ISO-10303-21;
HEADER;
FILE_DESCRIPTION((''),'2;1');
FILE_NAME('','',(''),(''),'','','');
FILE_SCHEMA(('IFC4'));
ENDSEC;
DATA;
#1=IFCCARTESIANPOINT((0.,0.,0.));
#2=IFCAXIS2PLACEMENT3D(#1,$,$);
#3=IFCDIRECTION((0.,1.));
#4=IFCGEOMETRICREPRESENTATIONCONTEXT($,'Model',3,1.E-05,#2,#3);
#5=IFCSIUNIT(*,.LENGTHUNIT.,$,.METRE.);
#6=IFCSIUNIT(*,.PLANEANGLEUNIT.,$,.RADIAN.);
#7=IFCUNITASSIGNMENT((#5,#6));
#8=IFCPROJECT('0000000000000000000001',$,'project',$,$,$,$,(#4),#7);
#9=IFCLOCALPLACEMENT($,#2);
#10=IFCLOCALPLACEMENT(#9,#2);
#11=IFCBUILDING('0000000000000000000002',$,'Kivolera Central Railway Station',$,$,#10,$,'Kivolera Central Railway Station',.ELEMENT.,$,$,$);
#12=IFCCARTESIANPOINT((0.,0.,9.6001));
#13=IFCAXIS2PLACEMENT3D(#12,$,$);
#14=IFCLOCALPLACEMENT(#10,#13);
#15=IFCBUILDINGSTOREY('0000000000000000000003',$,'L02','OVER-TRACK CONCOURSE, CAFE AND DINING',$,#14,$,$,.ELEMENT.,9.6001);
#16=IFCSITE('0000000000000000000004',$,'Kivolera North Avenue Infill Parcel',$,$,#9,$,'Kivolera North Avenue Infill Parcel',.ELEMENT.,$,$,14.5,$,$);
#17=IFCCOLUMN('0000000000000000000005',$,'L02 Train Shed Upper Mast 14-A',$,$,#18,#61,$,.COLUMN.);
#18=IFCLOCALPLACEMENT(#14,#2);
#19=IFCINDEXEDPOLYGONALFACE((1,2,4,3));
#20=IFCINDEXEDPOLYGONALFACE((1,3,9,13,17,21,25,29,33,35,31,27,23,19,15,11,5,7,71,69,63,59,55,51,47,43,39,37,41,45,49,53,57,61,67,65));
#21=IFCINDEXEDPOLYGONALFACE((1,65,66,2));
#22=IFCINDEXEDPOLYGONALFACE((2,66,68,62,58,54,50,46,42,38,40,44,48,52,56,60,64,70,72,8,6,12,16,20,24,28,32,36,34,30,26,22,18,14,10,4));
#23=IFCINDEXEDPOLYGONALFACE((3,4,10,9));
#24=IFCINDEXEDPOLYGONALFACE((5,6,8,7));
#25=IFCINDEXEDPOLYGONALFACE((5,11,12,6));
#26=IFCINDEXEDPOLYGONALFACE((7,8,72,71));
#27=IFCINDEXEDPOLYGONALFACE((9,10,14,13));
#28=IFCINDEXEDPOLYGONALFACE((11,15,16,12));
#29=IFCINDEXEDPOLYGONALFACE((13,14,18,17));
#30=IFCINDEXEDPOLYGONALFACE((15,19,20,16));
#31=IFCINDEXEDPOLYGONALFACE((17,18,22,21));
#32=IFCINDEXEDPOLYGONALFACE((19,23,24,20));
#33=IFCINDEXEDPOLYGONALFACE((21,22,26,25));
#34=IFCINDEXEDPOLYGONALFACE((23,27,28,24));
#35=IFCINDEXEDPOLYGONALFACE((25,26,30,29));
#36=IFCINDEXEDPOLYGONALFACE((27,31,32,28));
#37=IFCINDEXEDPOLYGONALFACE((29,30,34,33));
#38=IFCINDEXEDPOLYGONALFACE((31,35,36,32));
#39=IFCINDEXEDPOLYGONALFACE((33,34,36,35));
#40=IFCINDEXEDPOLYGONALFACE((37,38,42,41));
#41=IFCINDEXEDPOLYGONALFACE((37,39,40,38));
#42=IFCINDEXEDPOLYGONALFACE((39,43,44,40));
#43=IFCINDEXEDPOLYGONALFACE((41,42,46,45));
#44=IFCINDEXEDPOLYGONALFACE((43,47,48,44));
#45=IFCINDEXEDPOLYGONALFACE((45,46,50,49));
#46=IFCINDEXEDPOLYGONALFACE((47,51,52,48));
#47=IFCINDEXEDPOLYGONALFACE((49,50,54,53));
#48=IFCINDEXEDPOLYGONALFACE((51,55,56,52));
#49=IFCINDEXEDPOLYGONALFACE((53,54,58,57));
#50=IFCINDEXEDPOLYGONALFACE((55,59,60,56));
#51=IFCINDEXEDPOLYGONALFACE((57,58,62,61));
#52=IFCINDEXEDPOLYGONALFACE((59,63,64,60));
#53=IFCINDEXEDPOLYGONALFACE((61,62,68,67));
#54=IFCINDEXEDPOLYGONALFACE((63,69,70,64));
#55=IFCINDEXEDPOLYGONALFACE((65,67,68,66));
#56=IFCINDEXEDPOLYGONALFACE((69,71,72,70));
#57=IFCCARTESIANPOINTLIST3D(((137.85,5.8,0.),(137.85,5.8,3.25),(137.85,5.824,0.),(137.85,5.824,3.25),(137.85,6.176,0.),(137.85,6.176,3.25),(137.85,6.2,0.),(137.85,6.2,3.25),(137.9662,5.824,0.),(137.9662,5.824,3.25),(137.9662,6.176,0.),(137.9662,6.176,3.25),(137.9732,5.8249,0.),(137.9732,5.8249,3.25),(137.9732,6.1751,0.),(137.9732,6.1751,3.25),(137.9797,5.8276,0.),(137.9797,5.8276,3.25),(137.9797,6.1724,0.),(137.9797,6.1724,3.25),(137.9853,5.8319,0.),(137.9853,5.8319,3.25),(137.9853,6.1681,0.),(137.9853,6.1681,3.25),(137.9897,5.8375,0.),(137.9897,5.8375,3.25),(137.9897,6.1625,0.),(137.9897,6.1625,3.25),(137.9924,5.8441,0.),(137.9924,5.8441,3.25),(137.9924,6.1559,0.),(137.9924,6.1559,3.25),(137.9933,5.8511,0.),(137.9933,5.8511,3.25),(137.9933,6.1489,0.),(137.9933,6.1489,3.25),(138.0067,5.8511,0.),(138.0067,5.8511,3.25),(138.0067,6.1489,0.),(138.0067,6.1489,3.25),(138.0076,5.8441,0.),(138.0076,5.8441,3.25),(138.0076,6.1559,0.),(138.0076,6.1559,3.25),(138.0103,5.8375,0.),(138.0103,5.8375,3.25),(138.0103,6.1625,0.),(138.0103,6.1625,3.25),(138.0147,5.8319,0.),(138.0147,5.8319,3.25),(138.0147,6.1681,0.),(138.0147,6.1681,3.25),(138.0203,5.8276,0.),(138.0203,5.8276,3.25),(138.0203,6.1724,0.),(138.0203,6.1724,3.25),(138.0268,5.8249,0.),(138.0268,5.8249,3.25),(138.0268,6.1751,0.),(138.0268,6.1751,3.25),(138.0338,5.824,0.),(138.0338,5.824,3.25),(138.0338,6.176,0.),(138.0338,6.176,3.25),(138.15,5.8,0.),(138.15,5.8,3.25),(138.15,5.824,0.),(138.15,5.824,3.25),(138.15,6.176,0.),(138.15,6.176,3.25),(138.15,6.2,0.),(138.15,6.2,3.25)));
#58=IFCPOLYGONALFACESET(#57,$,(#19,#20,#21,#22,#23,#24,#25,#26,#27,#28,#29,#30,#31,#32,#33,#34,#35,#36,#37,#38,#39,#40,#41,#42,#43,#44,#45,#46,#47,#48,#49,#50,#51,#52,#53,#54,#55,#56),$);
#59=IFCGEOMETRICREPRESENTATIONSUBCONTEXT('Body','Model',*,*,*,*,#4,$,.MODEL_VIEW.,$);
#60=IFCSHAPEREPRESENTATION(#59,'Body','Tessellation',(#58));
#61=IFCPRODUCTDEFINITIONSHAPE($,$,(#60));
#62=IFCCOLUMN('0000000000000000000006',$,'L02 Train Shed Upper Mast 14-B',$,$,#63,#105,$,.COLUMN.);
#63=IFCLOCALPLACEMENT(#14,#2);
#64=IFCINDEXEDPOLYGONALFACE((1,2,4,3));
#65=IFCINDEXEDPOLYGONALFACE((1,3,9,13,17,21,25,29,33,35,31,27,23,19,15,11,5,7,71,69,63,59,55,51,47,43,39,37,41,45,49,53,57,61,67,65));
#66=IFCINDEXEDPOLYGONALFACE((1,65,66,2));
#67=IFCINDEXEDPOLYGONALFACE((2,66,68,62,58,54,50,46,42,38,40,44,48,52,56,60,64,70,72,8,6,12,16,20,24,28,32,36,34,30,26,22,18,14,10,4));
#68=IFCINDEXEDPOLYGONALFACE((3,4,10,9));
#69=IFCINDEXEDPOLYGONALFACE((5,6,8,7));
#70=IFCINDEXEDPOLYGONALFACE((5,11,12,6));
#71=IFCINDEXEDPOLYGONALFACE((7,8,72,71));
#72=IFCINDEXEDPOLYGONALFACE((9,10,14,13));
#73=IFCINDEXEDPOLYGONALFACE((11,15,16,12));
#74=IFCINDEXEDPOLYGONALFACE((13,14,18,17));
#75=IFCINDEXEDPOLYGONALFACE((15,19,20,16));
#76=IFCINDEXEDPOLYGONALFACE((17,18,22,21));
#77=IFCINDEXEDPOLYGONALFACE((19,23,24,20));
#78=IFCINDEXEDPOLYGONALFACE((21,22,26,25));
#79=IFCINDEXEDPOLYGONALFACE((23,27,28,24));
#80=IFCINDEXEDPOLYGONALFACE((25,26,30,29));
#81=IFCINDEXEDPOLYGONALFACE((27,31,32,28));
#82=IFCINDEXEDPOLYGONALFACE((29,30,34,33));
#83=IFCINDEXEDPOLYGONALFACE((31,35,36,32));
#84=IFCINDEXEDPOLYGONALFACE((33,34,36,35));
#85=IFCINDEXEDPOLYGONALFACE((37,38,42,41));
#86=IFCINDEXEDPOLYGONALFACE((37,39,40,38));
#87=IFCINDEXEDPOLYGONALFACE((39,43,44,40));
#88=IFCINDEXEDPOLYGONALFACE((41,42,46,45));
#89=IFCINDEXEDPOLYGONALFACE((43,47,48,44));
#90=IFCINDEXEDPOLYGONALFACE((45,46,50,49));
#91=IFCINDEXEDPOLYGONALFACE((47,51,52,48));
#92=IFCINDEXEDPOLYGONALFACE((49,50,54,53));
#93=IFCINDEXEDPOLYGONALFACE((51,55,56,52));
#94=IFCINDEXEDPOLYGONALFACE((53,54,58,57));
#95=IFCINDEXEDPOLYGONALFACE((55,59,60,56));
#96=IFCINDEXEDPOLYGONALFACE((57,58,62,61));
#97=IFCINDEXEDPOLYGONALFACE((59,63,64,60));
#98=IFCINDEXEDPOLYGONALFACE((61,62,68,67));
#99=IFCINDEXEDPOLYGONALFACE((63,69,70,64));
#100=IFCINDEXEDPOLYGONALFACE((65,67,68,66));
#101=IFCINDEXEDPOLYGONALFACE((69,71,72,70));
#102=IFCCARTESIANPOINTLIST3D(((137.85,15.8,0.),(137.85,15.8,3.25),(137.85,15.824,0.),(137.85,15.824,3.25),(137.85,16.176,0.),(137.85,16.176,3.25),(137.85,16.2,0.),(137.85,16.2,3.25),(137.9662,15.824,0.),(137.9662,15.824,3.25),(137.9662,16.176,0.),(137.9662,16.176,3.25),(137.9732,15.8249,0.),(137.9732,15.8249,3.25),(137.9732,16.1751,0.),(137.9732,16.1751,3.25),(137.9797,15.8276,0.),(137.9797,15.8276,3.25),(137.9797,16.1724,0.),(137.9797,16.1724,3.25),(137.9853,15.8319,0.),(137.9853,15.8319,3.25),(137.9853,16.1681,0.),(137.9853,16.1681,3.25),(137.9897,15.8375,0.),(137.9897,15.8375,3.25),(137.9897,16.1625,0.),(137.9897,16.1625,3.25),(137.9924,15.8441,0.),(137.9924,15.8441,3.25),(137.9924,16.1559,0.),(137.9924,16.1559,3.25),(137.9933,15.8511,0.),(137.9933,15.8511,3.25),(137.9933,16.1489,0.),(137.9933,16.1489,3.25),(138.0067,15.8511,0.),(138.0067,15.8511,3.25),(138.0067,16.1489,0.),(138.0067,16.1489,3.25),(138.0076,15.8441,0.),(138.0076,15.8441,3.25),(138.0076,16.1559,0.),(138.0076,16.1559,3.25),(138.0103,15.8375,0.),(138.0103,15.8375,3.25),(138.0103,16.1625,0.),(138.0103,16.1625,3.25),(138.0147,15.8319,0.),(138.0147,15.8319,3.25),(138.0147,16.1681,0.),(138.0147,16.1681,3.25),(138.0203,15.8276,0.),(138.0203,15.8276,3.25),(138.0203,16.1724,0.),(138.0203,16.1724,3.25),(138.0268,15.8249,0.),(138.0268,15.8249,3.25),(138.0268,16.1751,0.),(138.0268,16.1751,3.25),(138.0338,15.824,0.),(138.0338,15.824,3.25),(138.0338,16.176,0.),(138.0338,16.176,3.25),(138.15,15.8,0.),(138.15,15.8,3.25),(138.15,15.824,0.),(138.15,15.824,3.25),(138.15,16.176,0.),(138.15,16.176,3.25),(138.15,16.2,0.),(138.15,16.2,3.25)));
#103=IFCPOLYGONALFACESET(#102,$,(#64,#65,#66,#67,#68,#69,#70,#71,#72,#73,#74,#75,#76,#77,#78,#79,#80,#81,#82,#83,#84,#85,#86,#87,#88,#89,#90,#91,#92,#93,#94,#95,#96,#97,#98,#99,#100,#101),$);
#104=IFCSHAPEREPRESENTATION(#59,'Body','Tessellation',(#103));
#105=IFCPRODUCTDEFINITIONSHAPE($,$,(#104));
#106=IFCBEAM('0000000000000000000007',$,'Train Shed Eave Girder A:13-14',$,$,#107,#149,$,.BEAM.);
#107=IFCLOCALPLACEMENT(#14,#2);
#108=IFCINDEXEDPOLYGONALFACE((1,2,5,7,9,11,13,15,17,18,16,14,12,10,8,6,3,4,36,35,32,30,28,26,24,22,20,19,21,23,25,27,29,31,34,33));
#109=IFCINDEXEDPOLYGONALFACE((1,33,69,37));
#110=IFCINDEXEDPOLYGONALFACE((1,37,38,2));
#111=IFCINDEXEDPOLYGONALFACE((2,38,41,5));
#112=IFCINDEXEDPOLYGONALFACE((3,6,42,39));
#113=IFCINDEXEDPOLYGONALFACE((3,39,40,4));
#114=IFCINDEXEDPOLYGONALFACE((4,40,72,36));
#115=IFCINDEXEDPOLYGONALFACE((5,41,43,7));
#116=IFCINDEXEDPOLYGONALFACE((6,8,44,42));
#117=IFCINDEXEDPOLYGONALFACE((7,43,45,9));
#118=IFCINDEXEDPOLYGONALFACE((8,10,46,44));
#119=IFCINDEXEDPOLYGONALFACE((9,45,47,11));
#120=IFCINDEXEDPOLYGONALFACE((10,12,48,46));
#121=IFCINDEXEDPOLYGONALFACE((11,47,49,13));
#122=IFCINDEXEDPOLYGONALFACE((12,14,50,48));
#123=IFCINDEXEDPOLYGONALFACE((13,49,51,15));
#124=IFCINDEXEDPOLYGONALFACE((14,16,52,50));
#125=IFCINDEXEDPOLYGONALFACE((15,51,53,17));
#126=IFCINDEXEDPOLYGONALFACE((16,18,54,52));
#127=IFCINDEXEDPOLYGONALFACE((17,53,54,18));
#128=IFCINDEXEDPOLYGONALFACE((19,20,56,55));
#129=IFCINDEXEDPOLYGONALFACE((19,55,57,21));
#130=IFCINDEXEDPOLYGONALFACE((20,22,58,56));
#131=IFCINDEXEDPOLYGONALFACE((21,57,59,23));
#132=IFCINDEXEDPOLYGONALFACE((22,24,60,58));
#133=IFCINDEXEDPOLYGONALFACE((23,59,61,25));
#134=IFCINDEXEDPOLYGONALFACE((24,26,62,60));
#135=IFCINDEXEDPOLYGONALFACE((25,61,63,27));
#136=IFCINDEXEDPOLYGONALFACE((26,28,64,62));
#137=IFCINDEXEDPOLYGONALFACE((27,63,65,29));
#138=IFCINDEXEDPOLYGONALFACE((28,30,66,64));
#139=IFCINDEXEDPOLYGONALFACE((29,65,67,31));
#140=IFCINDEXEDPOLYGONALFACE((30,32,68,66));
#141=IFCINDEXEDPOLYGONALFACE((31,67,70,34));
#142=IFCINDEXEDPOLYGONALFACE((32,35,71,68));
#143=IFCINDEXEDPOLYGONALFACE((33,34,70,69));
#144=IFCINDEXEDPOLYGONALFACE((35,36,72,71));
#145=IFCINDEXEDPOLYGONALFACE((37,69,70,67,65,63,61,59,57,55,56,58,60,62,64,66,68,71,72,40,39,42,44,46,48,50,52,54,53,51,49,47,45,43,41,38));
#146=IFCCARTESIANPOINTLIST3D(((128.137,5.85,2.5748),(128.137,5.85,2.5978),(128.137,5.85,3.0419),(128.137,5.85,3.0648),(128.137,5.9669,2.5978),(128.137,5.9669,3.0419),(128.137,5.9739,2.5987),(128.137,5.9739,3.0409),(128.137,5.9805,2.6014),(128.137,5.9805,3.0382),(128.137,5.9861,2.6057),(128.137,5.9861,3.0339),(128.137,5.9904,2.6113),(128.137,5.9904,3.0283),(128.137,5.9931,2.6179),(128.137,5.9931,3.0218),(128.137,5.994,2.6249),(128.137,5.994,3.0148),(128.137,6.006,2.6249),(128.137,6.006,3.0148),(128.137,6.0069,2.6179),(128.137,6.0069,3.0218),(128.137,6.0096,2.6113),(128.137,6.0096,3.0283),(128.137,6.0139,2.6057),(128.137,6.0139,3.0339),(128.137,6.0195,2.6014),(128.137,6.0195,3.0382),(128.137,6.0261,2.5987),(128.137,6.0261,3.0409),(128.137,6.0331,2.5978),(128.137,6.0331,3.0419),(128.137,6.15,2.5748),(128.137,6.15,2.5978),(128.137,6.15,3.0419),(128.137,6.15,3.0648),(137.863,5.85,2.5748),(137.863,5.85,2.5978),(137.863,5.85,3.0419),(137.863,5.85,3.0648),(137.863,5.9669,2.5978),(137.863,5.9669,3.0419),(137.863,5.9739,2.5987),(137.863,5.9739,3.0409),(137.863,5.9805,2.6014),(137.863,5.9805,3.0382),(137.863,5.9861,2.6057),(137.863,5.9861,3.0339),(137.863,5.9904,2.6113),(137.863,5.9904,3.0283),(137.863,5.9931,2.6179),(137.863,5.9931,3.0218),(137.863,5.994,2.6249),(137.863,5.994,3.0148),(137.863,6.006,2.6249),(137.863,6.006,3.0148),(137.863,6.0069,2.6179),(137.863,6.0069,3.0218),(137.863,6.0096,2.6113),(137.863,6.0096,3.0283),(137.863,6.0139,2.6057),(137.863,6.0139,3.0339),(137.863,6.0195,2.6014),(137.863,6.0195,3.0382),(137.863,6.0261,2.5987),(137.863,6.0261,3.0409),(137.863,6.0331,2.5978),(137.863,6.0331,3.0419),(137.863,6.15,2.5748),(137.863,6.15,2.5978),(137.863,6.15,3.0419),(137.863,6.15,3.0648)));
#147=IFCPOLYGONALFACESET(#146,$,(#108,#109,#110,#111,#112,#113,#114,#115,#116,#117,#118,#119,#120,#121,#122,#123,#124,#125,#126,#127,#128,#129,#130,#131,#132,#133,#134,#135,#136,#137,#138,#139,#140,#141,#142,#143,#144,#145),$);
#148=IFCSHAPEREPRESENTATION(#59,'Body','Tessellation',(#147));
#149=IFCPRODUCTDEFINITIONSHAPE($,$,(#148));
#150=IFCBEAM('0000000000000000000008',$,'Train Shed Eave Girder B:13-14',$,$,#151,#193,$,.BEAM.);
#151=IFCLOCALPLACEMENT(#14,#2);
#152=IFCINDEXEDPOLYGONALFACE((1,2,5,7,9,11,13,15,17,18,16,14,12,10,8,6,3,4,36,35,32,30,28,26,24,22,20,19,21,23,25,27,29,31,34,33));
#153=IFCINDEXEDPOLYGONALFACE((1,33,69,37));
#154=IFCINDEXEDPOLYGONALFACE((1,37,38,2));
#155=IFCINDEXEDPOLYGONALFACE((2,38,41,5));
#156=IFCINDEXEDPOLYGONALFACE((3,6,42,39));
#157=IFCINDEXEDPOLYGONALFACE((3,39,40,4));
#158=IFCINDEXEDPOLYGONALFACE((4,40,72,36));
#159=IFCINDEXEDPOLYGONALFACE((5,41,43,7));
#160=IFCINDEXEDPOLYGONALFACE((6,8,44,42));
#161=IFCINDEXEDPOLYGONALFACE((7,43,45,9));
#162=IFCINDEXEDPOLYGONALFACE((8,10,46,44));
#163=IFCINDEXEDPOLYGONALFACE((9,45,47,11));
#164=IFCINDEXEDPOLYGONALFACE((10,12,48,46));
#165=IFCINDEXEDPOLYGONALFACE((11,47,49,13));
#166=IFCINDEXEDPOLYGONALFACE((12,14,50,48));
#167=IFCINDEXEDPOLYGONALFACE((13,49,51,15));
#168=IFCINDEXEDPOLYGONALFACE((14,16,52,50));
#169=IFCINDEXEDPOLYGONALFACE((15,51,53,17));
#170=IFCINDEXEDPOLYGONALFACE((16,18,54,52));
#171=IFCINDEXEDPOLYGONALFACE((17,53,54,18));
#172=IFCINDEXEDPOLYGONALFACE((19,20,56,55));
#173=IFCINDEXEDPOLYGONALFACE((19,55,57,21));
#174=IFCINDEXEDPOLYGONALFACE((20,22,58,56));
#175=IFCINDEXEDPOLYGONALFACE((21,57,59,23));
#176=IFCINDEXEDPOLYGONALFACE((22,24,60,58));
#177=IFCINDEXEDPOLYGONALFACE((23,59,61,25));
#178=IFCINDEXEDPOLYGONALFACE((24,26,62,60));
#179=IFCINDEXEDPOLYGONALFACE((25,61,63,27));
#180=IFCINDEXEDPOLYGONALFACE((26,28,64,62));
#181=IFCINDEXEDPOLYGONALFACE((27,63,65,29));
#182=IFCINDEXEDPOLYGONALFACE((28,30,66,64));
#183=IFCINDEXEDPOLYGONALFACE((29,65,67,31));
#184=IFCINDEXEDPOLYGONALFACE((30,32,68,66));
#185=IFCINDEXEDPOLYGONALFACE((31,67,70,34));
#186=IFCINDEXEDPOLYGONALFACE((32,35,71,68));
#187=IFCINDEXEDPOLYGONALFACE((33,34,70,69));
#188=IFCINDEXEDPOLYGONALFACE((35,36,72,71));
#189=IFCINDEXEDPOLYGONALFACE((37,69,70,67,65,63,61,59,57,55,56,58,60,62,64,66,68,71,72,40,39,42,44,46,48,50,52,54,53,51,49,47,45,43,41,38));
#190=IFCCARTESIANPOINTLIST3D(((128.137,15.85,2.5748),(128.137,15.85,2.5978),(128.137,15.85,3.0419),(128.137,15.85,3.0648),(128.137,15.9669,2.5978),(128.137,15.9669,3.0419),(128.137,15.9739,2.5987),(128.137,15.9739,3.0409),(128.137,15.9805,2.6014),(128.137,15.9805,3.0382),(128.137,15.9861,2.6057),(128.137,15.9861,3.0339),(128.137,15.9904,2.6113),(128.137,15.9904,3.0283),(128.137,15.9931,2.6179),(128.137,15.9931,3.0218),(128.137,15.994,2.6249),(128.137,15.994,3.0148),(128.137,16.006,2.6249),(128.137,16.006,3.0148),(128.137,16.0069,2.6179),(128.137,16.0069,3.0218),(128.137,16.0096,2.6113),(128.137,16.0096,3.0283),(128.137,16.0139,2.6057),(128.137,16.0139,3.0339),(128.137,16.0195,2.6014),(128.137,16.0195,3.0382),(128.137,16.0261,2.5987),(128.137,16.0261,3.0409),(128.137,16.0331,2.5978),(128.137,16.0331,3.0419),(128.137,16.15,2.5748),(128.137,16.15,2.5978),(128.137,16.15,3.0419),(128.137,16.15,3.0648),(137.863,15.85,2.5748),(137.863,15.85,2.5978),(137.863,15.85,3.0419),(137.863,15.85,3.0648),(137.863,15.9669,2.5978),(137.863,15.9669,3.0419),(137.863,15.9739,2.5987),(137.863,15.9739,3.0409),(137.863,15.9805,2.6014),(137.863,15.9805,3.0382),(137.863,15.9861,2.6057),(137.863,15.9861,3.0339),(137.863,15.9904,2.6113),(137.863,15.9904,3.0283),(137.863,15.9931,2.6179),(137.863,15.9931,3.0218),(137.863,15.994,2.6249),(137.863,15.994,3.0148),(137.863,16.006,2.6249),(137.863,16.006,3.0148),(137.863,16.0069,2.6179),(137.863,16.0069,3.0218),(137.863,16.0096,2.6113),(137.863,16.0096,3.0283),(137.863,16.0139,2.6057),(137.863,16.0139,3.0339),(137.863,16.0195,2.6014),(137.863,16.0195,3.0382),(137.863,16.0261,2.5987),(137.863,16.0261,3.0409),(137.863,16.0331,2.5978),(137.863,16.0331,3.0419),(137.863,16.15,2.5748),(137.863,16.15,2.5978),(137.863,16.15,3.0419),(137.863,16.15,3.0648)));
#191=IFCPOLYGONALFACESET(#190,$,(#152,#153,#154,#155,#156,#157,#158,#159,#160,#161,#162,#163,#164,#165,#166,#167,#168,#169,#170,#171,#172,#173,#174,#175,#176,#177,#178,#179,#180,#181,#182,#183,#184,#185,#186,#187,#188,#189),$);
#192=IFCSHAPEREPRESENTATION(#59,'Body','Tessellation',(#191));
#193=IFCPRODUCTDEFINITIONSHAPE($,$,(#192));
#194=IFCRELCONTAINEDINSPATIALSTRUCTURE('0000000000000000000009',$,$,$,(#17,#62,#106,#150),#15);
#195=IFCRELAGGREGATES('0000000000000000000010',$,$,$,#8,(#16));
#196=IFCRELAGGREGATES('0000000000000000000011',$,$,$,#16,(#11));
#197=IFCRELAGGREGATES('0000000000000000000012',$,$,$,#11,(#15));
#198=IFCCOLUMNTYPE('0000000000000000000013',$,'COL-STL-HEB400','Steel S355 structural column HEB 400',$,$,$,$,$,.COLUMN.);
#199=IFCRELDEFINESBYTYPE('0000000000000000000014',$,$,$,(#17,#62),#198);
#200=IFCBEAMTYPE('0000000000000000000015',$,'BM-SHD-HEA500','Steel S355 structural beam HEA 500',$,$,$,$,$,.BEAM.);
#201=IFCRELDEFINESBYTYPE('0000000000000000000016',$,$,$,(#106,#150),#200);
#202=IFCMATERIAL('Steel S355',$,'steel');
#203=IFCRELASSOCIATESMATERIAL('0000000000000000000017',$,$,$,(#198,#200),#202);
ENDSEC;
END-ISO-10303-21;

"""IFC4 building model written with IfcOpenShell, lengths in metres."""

from ifc_helpers import new_model, si_unit, direction, frame, origin, origin_2d, place, context, subcontext, project, spatial, i_section, extrude, material, material_profile, profile_set, type_object, element, save


model = new_model("IFC4")

# Units and contexts
model_context = context("Model", 3, precision=1e-05, world=origin(), true_north=direction((0.0, 1.0)))
body_context = subcontext(model_context, "Body", "Model", "MODEL_VIEW")
ifc_project = project(units=[si_unit("LENGTHUNIT", "METRE"), si_unit("PLANEANGLEUNIT", "RADIAN")], contexts=[model_context])

# Site, building, storey
site_placement = place(None, origin())
site = spatial("IfcSite", under=ifc_project, at=site_placement, Name="Kivolera North Avenue Infill Parcel", LongName="Kivolera North Avenue Infill Parcel", CompositionType="ELEMENT", RefElevation=14.5)
building_placement = place(site_placement, origin())
building = spatial("IfcBuilding", under=site, at=building_placement, Name="Kivolera Central Railway Station", LongName="Kivolera Central Railway Station", CompositionType="ELEMENT")
storey_placement = place(building_placement, frame((0.0, 0.0, 9.6001)))
storey = spatial("IfcBuildingStorey", under=building, at=storey_placement, Name="L02", Description="OVER-TRACK CONCOURSE, CAFE AND DINING", CompositionType="ELEMENT", Elevation=9.6001)

# Columns
ifc_material_1 = material(Name="Steel S355", Category="steel")
ifc_material_profile_1 = material_profile(ifc_material_1, i_section(OverallWidth=0.3, OverallDepth=0.3999, WebThickness=0.0134, FlangeThickness=0.0239, FilletRadius=0.0271, at=origin_2d()), Name="HEB 400")
ifc_profile_set_1 = profile_set([ifc_material_profile_1], Name="Steel S355")
column_type = type_object("IfcColumnType", Name="COL-STL-HEB400", Description="Steel S355 structural column HEB 400", PredefinedType="COLUMN", material=ifc_profile_set_1)
for number, where, z_axis, x_axis, name in (
    (1, (138.0, 6.0, 0.0), (0.0, 0.0, 1.0), (1.0, 0.0, 0.0), "L02 Train Shed Upper Mast 14-A"),
    (2, (138.0, 16.0, 0.0), (0.0, 0.0, 1.0), (1.0, 0.0, 0.0), "L02 Train Shed Upper Mast 14-B"),
):
    element("IfcColumn", number, at=place(storey_placement, frame(where, z_axis=z_axis, x_axis=x_axis)), inside=storey, type_object=column_type, Name=name, PredefinedType="COLUMN", context=body_context, shape_type="SweptSolid", body=[
        extrude(i_section(OverallWidth=0.3, OverallDepth=0.3999, WebThickness=0.0134, FlangeThickness=0.0239, FilletRadius=0.0271, at=origin_2d()), origin(), (0.0, 0.0, 1.0), 3.25),
    ])

# Beams
ifc_material_profile_2 = material_profile(ifc_material_1, i_section(OverallWidth=0.3, OverallDepth=0.49, WebThickness=0.012, FlangeThickness=0.0229, FilletRadius=0.0271, at=origin_2d()), Name="HEA 500")
ifc_profile_set_2 = profile_set([ifc_material_profile_2], Name="Steel S355")
beam_type_1 = type_object("IfcBeamType", Name="BM-SHD-HEA500", Description="Steel S355 structural beam HEA 500", PredefinedType="BEAM", material=ifc_profile_set_2)
for number, where, z_axis, x_axis, name in (
    (3, (128.137, 6.0, 2.8198), (1.0, 0.0, 0.0), (0.0, 1.0, 0.0), "Train Shed Eave Girder A:13-14"),
    (4, (128.137, 16.0, 2.8198), (1.0, 0.0, 0.0), (0.0, 1.0, 0.0), "Train Shed Eave Girder B:13-14"),
):
    element("IfcBeam", number, at=place(storey_placement, frame(where, z_axis=z_axis, x_axis=x_axis)), inside=storey, type_object=beam_type_1, Name=name, PredefinedType="BEAM", context=body_context, shape_type="SweptSolid", body=[
        extrude(i_section(OverallWidth=0.3, OverallDepth=0.49, WebThickness=0.012, FlangeThickness=0.0229, FilletRadius=0.0271, at=origin_2d()), origin(), (0.0, 0.0, 1.0), 9.7261),
    ])

save(model, "model.ifc")
